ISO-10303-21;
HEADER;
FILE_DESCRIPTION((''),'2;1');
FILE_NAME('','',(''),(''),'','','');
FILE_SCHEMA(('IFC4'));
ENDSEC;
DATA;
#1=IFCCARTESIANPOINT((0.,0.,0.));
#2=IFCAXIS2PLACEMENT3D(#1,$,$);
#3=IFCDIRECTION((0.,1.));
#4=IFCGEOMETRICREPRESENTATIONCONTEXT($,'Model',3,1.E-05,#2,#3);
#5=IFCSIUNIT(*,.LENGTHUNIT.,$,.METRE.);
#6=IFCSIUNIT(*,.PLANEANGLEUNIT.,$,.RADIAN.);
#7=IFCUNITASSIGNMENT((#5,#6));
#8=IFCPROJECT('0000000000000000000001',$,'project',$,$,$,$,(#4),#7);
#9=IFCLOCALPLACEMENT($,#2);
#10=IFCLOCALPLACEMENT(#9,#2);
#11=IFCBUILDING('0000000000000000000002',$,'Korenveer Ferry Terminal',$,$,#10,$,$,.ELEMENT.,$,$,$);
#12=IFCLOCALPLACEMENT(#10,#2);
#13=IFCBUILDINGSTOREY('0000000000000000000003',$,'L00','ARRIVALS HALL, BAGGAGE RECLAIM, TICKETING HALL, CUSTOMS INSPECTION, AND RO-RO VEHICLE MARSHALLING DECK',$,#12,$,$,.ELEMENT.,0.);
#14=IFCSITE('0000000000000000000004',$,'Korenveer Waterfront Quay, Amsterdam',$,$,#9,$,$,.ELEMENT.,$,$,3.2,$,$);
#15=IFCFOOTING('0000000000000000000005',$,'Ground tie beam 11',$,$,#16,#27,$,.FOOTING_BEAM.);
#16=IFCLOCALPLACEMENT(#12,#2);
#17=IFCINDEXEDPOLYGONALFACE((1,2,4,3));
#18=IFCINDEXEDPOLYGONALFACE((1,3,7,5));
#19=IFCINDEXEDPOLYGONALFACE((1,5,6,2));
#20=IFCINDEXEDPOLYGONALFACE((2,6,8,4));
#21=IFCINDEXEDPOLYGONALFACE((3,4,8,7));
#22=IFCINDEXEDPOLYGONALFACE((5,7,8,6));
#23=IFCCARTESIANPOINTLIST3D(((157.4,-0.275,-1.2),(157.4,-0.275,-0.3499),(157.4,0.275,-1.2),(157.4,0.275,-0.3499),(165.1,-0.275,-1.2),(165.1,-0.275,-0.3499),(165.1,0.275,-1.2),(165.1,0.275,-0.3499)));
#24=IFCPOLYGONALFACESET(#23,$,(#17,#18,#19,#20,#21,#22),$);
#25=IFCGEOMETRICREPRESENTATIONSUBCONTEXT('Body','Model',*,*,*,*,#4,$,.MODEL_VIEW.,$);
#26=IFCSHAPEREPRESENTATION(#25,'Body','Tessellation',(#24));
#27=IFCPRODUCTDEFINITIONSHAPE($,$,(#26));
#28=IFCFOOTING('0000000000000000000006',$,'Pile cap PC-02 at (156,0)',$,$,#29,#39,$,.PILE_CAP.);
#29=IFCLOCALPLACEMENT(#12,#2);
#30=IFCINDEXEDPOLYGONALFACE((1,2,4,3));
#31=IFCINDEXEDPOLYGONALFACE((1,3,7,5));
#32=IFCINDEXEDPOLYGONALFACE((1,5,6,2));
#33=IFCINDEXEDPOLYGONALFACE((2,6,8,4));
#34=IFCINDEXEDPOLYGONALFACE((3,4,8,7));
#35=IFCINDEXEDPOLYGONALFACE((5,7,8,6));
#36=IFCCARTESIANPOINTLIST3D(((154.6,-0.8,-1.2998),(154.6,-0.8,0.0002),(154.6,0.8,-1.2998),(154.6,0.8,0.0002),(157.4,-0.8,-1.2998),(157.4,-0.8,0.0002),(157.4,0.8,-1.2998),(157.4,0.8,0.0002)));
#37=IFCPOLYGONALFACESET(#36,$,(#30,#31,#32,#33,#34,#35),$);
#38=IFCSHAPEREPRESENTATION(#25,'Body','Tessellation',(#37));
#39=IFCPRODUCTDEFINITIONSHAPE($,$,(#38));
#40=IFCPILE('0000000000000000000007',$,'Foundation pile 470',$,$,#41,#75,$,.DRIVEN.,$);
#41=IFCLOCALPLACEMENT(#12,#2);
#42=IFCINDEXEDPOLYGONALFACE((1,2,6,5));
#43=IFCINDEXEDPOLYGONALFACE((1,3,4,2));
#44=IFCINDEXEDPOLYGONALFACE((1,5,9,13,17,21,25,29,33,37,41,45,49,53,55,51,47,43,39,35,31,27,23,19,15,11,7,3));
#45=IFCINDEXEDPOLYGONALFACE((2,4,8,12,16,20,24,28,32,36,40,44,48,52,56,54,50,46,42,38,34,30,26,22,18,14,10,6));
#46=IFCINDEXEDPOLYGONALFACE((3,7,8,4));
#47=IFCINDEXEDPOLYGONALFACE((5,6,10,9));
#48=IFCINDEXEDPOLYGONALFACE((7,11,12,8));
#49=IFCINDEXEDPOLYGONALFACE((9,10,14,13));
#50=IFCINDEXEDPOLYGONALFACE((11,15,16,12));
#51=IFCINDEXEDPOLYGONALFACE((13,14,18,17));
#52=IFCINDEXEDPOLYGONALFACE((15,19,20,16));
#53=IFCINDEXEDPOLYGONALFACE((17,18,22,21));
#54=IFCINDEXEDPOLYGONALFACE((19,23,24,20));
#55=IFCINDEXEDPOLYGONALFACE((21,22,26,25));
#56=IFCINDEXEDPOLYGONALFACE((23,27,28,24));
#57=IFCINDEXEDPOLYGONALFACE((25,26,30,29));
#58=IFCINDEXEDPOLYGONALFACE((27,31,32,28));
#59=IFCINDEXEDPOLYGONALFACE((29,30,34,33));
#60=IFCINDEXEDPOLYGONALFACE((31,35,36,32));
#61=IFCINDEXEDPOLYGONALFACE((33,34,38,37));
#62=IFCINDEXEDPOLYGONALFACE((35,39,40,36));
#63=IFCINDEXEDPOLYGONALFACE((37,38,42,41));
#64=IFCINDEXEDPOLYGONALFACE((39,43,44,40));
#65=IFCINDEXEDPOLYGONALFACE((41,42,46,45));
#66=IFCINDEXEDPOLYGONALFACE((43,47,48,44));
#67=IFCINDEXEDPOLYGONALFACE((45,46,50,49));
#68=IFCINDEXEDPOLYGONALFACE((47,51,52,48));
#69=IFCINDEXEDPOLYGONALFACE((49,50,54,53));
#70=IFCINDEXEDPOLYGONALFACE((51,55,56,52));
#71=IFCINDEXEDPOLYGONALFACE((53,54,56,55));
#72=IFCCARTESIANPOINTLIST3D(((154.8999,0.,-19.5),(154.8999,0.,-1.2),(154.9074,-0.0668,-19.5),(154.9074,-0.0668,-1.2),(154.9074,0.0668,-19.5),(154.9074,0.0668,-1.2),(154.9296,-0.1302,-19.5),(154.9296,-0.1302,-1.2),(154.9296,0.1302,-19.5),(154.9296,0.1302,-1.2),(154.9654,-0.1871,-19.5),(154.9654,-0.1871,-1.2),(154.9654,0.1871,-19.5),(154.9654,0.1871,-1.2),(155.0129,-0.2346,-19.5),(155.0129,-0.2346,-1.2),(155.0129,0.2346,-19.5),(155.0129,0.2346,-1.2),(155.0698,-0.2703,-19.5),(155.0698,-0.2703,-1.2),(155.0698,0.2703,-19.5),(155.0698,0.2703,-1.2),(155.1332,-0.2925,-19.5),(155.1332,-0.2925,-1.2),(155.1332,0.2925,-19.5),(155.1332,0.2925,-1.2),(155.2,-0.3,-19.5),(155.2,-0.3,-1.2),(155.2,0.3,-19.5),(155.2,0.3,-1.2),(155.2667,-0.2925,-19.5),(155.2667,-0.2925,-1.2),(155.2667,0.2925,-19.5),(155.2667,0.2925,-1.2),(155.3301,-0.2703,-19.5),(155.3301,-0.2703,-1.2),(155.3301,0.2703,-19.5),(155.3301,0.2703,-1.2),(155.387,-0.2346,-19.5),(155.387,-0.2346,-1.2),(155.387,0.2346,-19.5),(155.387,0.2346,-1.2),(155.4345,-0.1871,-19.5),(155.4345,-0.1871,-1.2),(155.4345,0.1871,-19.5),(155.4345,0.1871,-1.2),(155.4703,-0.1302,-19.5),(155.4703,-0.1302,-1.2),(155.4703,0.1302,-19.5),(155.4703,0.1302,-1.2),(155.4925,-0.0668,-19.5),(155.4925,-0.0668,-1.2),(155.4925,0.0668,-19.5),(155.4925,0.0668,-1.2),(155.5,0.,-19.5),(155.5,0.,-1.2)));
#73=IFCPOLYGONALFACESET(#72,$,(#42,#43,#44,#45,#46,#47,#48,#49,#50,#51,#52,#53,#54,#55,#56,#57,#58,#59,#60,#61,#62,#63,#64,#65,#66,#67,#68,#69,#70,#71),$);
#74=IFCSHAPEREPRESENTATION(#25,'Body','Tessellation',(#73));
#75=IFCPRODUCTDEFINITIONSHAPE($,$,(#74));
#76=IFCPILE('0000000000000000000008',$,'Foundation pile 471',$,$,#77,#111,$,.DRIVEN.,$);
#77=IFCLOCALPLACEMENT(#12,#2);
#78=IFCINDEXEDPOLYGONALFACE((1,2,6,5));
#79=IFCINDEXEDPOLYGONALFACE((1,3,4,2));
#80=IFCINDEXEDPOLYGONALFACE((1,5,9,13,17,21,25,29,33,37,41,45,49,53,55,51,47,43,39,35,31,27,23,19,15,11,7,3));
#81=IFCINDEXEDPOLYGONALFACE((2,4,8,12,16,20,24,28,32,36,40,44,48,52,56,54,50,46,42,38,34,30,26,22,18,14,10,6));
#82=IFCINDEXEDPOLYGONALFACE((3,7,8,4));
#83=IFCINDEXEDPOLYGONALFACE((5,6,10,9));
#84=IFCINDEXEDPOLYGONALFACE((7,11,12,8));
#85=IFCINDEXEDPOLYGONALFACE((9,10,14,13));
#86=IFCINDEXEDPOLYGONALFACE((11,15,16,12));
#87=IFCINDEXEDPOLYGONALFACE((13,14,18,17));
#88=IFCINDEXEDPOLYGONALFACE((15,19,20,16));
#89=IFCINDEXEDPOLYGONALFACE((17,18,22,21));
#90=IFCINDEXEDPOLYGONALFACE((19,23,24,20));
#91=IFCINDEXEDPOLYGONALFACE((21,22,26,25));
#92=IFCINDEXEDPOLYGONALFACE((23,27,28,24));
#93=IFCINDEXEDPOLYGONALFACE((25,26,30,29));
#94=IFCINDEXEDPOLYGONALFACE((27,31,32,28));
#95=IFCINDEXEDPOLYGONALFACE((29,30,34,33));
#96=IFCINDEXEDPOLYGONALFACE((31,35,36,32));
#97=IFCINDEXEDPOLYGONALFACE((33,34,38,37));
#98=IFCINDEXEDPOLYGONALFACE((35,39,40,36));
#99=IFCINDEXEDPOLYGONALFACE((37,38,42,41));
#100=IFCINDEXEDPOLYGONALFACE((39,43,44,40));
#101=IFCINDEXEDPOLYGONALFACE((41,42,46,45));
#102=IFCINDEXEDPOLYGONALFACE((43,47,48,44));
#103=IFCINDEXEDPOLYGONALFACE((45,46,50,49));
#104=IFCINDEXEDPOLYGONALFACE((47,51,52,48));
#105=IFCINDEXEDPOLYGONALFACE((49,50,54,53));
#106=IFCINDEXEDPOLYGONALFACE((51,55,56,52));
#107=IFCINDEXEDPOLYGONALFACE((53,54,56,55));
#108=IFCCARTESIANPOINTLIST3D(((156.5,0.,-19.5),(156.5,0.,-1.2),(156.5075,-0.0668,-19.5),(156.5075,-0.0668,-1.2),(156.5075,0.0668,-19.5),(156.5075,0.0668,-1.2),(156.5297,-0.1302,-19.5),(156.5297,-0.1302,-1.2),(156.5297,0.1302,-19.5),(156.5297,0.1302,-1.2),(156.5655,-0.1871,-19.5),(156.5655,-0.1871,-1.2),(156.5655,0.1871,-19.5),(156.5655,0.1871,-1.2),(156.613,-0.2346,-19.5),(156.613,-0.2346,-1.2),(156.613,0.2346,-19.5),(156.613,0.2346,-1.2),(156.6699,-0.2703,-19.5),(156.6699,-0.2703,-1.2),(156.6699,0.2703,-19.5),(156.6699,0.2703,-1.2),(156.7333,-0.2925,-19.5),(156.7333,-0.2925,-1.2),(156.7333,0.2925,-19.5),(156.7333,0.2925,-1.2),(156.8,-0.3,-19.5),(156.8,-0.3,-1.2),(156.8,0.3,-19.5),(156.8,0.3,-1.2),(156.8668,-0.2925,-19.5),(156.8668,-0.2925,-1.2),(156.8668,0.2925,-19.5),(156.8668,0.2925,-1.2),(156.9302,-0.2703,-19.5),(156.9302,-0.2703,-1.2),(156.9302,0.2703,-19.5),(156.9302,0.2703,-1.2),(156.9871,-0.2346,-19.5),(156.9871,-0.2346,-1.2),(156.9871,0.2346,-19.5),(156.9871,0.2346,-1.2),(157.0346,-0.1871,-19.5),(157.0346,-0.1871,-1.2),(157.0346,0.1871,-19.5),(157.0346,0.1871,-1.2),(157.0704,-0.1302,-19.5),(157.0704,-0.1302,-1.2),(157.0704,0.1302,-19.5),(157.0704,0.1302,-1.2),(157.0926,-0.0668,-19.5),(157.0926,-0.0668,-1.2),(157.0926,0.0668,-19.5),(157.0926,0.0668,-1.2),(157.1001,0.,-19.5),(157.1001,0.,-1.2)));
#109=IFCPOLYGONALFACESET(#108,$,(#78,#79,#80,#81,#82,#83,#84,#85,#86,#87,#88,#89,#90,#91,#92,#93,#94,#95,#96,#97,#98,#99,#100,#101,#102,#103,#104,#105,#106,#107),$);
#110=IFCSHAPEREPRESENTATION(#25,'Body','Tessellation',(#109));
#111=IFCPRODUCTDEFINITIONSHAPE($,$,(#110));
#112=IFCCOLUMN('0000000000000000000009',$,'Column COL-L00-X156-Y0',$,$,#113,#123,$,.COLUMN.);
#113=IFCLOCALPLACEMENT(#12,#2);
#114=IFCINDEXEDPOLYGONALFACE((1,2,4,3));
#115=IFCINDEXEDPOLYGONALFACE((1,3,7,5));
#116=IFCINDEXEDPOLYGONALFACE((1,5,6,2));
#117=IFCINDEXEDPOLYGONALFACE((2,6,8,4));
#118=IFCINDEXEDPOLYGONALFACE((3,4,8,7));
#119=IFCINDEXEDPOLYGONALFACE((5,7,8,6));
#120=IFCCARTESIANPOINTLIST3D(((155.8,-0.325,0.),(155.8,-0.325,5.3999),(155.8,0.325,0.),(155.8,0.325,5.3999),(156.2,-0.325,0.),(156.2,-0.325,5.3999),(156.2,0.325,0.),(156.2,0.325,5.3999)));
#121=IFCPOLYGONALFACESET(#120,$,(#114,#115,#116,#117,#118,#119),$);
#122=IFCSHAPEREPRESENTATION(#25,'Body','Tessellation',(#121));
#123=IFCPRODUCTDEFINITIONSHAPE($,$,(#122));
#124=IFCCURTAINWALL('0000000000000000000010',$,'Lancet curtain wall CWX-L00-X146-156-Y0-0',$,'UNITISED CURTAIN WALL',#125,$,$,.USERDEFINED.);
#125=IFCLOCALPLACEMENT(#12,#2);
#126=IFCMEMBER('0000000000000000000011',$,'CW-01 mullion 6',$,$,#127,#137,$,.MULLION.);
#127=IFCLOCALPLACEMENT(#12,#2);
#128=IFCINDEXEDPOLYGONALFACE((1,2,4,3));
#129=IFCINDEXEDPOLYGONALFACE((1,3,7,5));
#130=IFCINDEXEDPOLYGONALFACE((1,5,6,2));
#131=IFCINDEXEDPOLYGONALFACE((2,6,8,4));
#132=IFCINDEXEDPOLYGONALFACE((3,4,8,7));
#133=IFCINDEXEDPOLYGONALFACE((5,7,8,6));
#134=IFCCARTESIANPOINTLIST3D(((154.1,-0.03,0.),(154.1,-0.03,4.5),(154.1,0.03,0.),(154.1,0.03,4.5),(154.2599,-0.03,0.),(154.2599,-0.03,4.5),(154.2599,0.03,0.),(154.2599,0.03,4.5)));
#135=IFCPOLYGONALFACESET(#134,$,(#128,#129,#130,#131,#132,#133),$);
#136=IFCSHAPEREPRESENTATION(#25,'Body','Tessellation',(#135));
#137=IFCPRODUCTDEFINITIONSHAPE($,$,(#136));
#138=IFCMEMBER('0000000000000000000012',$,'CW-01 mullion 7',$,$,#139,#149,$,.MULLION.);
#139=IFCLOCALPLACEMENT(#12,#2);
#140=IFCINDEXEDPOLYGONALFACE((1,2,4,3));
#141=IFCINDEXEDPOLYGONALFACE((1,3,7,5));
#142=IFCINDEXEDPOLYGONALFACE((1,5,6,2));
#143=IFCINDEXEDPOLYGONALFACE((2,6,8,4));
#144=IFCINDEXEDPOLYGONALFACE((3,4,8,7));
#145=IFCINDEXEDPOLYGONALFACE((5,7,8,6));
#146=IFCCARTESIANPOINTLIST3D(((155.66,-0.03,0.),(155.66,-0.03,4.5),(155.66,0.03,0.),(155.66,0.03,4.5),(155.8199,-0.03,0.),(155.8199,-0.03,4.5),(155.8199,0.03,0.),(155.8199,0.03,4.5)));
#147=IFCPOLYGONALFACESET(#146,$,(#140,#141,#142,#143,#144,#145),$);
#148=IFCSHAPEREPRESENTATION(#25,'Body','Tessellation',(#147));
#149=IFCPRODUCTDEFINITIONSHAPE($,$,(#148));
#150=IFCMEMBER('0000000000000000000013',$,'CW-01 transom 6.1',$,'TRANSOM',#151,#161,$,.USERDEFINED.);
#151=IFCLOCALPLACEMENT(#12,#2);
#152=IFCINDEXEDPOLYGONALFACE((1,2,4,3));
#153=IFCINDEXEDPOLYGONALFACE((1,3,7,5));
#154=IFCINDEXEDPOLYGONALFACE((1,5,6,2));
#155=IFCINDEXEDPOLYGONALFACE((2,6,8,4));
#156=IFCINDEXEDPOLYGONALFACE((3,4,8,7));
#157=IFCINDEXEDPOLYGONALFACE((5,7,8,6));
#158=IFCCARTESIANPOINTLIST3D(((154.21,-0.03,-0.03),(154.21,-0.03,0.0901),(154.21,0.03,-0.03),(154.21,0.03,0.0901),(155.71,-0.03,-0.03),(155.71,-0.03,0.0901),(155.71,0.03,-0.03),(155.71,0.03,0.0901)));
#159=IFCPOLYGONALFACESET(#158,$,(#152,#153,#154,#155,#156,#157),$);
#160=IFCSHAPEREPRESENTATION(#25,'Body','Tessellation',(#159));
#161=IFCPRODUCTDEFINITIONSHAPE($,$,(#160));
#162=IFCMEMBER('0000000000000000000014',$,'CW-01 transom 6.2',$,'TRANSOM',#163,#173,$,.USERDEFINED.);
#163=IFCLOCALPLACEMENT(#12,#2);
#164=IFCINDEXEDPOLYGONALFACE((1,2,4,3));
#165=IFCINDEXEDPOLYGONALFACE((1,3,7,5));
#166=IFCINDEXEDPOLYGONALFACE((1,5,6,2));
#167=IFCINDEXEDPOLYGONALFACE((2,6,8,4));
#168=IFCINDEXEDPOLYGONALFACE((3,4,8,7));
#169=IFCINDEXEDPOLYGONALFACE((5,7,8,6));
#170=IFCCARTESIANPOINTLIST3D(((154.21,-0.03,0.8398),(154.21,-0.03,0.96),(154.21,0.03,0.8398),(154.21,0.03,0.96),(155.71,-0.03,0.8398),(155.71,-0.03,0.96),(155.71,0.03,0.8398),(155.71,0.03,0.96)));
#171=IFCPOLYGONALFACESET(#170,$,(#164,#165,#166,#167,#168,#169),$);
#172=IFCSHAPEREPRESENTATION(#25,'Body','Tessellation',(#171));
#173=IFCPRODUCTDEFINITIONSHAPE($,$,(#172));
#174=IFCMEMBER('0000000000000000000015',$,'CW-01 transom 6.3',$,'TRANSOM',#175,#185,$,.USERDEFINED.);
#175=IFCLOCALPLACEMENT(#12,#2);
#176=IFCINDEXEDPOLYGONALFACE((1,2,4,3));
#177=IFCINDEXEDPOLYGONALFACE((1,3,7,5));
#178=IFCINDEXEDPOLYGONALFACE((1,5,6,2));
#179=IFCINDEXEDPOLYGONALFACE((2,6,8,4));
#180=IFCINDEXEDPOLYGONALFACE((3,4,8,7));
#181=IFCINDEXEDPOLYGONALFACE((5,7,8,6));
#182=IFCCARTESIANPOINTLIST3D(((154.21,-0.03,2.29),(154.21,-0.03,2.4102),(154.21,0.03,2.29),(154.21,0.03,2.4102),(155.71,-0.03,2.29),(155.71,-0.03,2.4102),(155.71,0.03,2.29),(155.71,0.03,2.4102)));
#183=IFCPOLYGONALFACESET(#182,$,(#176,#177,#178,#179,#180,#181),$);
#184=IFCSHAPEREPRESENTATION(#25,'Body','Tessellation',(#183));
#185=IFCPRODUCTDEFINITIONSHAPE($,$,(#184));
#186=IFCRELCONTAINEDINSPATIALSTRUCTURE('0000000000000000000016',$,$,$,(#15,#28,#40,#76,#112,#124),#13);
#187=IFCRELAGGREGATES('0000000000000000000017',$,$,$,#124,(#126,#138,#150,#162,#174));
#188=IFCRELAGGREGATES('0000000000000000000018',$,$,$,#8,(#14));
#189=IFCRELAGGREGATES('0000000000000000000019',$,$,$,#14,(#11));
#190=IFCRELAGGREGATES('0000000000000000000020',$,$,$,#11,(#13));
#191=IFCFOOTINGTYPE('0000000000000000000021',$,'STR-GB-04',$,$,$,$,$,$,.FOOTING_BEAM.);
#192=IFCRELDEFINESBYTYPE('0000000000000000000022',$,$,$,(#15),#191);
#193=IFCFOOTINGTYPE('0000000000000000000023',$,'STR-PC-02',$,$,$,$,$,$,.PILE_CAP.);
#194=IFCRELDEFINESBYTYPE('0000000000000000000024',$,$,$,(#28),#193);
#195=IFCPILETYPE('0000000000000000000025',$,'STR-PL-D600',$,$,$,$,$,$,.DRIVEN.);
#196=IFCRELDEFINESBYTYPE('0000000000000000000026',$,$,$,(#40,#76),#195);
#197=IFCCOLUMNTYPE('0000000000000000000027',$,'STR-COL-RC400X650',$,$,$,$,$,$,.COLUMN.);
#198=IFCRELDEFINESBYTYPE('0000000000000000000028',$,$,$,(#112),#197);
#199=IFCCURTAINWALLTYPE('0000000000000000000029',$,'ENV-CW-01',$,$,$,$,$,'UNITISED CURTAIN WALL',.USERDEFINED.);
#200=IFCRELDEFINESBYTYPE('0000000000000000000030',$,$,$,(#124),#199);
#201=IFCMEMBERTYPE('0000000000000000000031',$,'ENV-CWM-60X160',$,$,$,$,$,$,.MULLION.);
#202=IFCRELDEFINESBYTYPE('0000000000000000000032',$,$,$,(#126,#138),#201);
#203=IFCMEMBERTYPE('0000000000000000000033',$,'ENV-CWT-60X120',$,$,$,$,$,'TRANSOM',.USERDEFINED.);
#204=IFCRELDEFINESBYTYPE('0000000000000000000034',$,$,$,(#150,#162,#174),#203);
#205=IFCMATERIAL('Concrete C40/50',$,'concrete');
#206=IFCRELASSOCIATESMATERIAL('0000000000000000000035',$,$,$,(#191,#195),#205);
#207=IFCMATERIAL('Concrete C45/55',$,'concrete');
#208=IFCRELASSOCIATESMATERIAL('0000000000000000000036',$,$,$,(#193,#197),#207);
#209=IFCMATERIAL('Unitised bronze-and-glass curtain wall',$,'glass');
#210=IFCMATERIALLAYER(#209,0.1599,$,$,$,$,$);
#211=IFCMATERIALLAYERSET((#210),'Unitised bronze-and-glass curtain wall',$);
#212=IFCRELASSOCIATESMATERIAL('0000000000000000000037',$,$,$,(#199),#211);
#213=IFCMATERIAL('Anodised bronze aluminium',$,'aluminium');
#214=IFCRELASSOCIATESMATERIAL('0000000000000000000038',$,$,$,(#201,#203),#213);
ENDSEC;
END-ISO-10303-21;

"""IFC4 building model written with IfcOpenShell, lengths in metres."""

from ifc_helpers import new_model, si_unit, direction, frame, origin, origin_2d, place, context, subcontext, project, spatial, rectangle, circle, extrude, material, layer, layer_set, material_profile, profile_set, type_object, element, aggregate, save


model = new_model("IFC4")

# Units and contexts
model_context = context("Model", 3, precision=1e-05, world=origin(), true_north=direction((0.0, 1.0)))
body_context = subcontext(model_context, "Body", "Model", "MODEL_VIEW")
ifc_project = project(units=[si_unit("LENGTHUNIT", "METRE"), si_unit("PLANEANGLEUNIT", "RADIAN")], contexts=[model_context])

# Site, building, storey
site_placement = place(None, origin())
site = spatial("IfcSite", under=ifc_project, at=site_placement, Name="Korenveer Waterfront Quay, Amsterdam", CompositionType="ELEMENT", RefElevation=3.2)
building_placement = place(site_placement, origin())
building = spatial("IfcBuilding", under=site, at=building_placement, Name="Korenveer Ferry Terminal", CompositionType="ELEMENT")
storey_placement = place(building_placement, origin())
storey = spatial("IfcBuildingStorey", under=building, at=storey_placement, Name="L00", Description="ARRIVALS HALL, BAGGAGE RECLAIM, TICKETING HALL, CUSTOMS INSPECTION, AND RO-RO VEHICLE MARSHALLING DECK", CompositionType="ELEMENT", Elevation=0.0)

# Footings
ifc_material_1 = material(Name="Concrete C40/50", Category="concrete")
footing_type_1 = type_object("IfcFootingType", Name="STR-GB-04", PredefinedType="FOOTING_BEAM", material=ifc_material_1)
footing_1_placement = place(storey_placement, frame((161.25, 0.0, -1.2), z_axis=(0.0, 0.0, 1.0), x_axis=(1.0, 0.0, 0.0)))
element("IfcFooting", 1, at=footing_1_placement, inside=storey, type_object=footing_type_1, Name="Ground tie beam 11", PredefinedType="FOOTING_BEAM", context=body_context, shape_type="SweptSolid", body=[
    extrude(rectangle(XDim=7.7, YDim=0.55, at=origin_2d()), origin(), (0.0, 0.0, 1.0), 0.8501),
])
ifc_material_2 = material(Name="Concrete C45/55", Category="concrete")
footing_type_2 = type_object("IfcFootingType", Name="STR-PC-02", PredefinedType="PILE_CAP", material=ifc_material_2)
footing_2_placement = place(storey_placement, frame((156.0, 0.0, -1.2998), z_axis=(0.0, 0.0, 1.0), x_axis=(1.0, 0.0, 0.0)))
element("IfcFooting", 2, at=footing_2_placement, inside=storey, type_object=footing_type_2, Name="Pile cap PC-02 at (156,0)", PredefinedType="PILE_CAP", context=body_context, shape_type="SweptSolid", body=[
    extrude(rectangle(XDim=2.8, YDim=1.6001, at=origin_2d()), origin(), (0.0, 0.0, 1.0), 1.3),
])

# Piles
ifc_material_profile_1 = material_profile(ifc_material_1, circle(Radius=0.3, at=origin_2d()), Name="PILE D600")
ifc_profile_set_1 = profile_set([ifc_material_profile_1], Name="Concrete C40/50")
pile_type = type_object("IfcPileType", Name="STR-PL-D600", PredefinedType="DRIVEN", material=ifc_profile_set_1)
for number, where, z_axis, x_axis, name in (
    (3, (155.2, 0.0, -1.2), (0.0, 0.0, -1.0), (1.0, 0.0, 0.0), "Foundation pile 470"),
    (4, (156.8, 0.0, -1.2), (0.0, 0.0, -1.0), (1.0, 0.0, 0.0), "Foundation pile 471"),
):
    element("IfcPile", number, at=place(storey_placement, frame(where, z_axis=z_axis, x_axis=x_axis)), inside=storey, type_object=pile_type, Name=name, PredefinedType="DRIVEN", context=body_context, shape_type="SweptSolid", body=[
        extrude(circle(Radius=0.3, at=origin_2d()), origin(), (0.0, 0.0, 1.0), 18.3),
    ])

# Column
ifc_material_profile_2 = material_profile(ifc_material_2, rectangle(XDim=0.3999, YDim=0.6499, at=origin_2d()), Name="RC 400x650")
ifc_profile_set_2 = profile_set([ifc_material_profile_2], Name="Concrete C45/55")
column_type = type_object("IfcColumnType", Name="STR-COL-RC400X650", PredefinedType="COLUMN", material=ifc_profile_set_2)
column_placement = place(storey_placement, frame((156.0, 0.0, 0.0), z_axis=(0.0, 0.0, 1.0), x_axis=(1.0, 0.0, 0.0)))
element("IfcColumn", 5, at=column_placement, inside=storey, type_object=column_type, Name="Column COL-L00-X156-Y0", PredefinedType="COLUMN", context=body_context, shape_type="SweptSolid", body=[
    extrude(rectangle(XDim=0.3999, YDim=0.6499, at=origin_2d()), origin(), (0.0, 0.0, 1.0), 5.3999),
])

# Curtain wall, members
ifc_material_3 = material(Name="Unitised bronze-and-glass curtain wall", Category="glass")
ifc_layer_1 = layer(ifc_material_3, 0.1599)
ifc_layer_set_1 = layer_set([ifc_layer_1], Name="Unitised bronze-and-glass curtain wall")
curtain_wall_type = type_object("IfcCurtainWallType", Name="ENV-CW-01", ElementType="UNITISED CURTAIN WALL", PredefinedType="USERDEFINED", material=ifc_layer_set_1)
curtain_wall_placement = place(storey_placement, frame((146.23, 0.0, 0.0)))
curtain_wall = element("IfcCurtainWall", 6, at=curtain_wall_placement, inside=storey, type_object=curtain_wall_type, Name="Lancet curtain wall CWX-L00-X146-156-Y0-0", ObjectType="UNITISED CURTAIN WALL", PredefinedType="USERDEFINED")
ifc_material_4 = material(Name="Anodised bronze aluminium", Category="aluminium")
ifc_material_profile_3 = material_profile(ifc_material_4, rectangle(XDim=0.0601, YDim=0.1599, at=origin_2d()), Name="ALU 60x160")
ifc_profile_set_3 = profile_set([ifc_material_profile_3], Name="Anodised bronze aluminium")
member_type_1 = type_object("IfcMemberType", Name="ENV-CWM-60X160", PredefinedType="MULLION", material=ifc_profile_set_3)
member_1_placement = place(storey_placement, frame((154.1799, 0.0, 0.0), z_axis=(0.0, 0.0, 1.0), x_axis=(0.0, 1.0, 0.0)))
member_1 = element("IfcMember", 7, at=member_1_placement, type_object=member_type_1, Name="CW-01 mullion 6", PredefinedType="MULLION", context=body_context, shape_type="SweptSolid", body=[
    extrude(rectangle(XDim=0.0601, YDim=0.1599, at=origin_2d()), origin(), (0.0, 0.0, 1.0), 4.5),
])
member_2_placement = place(storey_placement, frame((155.74, 0.0, 0.0), z_axis=(0.0, 0.0, 1.0), x_axis=(0.0, 1.0, 0.0)))
member_2 = element("IfcMember", 8, at=member_2_placement, type_object=member_type_1, Name="CW-01 mullion 7", PredefinedType="MULLION", context=body_context, shape_type="SweptSolid", body=[
    extrude(rectangle(XDim=0.0601, YDim=0.1599, at=origin_2d()), origin(), (0.0, 0.0, 1.0), 4.5),
])
ifc_material_profile_4 = material_profile(ifc_material_4, rectangle(XDim=0.0601, YDim=0.1201, at=origin_2d()), Name="ALU 60x120")
ifc_profile_set_4 = profile_set([ifc_material_profile_4], Name="Anodised bronze aluminium")
member_type_2 = type_object("IfcMemberType", Name="ENV-CWT-60X120", ElementType="TRANSOM", PredefinedType="USERDEFINED", material=ifc_profile_set_4)
member_3_placement = place(storey_placement, frame((154.21, 0.0, 0.03), z_axis=(1.0, 0.0, 0.0), x_axis=(0.0, 1.0, 0.0)))
member_3 = element("IfcMember", 9, at=member_3_placement, type_object=member_type_2, Name="CW-01 transom 6.1", ObjectType="TRANSOM", PredefinedType="USERDEFINED", context=body_context, shape_type="SweptSolid", body=[
    extrude(rectangle(XDim=0.0601, YDim=0.1201, at=origin_2d()), origin(), (0.0, 0.0, 1.0), 1.5),
])
member_4_placement = place(storey_placement, frame((154.21, 0.0, 0.8999), z_axis=(1.0, 0.0, 0.0), x_axis=(0.0, 1.0, 0.0)))
member_4 = element("IfcMember", 10, at=member_4_placement, type_object=member_type_2, Name="CW-01 transom 6.2", ObjectType="TRANSOM", PredefinedType="USERDEFINED", context=body_context, shape_type="SweptSolid", body=[
    extrude(rectangle(XDim=0.0601, YDim=0.1201, at=origin_2d()), origin(), (0.0, 0.0, 1.0), 1.5),
])
member_5_placement = place(storey_placement, frame((154.21, 0.0, 2.3501), z_axis=(1.0, 0.0, 0.0), x_axis=(0.0, 1.0, 0.0)))
member_5 = element("IfcMember", 11, at=member_5_placement, type_object=member_type_2, Name="CW-01 transom 6.3", ObjectType="TRANSOM", PredefinedType="USERDEFINED", context=body_context, shape_type="SweptSolid", body=[
    extrude(rectangle(XDim=0.0601, YDim=0.1201, at=origin_2d()), origin(), (0.0, 0.0, 1.0), 1.5),
])

aggregate(curtain_wall, [member_1, member_2, member_3, member_4, member_5])

save(model, "model.ifc")
